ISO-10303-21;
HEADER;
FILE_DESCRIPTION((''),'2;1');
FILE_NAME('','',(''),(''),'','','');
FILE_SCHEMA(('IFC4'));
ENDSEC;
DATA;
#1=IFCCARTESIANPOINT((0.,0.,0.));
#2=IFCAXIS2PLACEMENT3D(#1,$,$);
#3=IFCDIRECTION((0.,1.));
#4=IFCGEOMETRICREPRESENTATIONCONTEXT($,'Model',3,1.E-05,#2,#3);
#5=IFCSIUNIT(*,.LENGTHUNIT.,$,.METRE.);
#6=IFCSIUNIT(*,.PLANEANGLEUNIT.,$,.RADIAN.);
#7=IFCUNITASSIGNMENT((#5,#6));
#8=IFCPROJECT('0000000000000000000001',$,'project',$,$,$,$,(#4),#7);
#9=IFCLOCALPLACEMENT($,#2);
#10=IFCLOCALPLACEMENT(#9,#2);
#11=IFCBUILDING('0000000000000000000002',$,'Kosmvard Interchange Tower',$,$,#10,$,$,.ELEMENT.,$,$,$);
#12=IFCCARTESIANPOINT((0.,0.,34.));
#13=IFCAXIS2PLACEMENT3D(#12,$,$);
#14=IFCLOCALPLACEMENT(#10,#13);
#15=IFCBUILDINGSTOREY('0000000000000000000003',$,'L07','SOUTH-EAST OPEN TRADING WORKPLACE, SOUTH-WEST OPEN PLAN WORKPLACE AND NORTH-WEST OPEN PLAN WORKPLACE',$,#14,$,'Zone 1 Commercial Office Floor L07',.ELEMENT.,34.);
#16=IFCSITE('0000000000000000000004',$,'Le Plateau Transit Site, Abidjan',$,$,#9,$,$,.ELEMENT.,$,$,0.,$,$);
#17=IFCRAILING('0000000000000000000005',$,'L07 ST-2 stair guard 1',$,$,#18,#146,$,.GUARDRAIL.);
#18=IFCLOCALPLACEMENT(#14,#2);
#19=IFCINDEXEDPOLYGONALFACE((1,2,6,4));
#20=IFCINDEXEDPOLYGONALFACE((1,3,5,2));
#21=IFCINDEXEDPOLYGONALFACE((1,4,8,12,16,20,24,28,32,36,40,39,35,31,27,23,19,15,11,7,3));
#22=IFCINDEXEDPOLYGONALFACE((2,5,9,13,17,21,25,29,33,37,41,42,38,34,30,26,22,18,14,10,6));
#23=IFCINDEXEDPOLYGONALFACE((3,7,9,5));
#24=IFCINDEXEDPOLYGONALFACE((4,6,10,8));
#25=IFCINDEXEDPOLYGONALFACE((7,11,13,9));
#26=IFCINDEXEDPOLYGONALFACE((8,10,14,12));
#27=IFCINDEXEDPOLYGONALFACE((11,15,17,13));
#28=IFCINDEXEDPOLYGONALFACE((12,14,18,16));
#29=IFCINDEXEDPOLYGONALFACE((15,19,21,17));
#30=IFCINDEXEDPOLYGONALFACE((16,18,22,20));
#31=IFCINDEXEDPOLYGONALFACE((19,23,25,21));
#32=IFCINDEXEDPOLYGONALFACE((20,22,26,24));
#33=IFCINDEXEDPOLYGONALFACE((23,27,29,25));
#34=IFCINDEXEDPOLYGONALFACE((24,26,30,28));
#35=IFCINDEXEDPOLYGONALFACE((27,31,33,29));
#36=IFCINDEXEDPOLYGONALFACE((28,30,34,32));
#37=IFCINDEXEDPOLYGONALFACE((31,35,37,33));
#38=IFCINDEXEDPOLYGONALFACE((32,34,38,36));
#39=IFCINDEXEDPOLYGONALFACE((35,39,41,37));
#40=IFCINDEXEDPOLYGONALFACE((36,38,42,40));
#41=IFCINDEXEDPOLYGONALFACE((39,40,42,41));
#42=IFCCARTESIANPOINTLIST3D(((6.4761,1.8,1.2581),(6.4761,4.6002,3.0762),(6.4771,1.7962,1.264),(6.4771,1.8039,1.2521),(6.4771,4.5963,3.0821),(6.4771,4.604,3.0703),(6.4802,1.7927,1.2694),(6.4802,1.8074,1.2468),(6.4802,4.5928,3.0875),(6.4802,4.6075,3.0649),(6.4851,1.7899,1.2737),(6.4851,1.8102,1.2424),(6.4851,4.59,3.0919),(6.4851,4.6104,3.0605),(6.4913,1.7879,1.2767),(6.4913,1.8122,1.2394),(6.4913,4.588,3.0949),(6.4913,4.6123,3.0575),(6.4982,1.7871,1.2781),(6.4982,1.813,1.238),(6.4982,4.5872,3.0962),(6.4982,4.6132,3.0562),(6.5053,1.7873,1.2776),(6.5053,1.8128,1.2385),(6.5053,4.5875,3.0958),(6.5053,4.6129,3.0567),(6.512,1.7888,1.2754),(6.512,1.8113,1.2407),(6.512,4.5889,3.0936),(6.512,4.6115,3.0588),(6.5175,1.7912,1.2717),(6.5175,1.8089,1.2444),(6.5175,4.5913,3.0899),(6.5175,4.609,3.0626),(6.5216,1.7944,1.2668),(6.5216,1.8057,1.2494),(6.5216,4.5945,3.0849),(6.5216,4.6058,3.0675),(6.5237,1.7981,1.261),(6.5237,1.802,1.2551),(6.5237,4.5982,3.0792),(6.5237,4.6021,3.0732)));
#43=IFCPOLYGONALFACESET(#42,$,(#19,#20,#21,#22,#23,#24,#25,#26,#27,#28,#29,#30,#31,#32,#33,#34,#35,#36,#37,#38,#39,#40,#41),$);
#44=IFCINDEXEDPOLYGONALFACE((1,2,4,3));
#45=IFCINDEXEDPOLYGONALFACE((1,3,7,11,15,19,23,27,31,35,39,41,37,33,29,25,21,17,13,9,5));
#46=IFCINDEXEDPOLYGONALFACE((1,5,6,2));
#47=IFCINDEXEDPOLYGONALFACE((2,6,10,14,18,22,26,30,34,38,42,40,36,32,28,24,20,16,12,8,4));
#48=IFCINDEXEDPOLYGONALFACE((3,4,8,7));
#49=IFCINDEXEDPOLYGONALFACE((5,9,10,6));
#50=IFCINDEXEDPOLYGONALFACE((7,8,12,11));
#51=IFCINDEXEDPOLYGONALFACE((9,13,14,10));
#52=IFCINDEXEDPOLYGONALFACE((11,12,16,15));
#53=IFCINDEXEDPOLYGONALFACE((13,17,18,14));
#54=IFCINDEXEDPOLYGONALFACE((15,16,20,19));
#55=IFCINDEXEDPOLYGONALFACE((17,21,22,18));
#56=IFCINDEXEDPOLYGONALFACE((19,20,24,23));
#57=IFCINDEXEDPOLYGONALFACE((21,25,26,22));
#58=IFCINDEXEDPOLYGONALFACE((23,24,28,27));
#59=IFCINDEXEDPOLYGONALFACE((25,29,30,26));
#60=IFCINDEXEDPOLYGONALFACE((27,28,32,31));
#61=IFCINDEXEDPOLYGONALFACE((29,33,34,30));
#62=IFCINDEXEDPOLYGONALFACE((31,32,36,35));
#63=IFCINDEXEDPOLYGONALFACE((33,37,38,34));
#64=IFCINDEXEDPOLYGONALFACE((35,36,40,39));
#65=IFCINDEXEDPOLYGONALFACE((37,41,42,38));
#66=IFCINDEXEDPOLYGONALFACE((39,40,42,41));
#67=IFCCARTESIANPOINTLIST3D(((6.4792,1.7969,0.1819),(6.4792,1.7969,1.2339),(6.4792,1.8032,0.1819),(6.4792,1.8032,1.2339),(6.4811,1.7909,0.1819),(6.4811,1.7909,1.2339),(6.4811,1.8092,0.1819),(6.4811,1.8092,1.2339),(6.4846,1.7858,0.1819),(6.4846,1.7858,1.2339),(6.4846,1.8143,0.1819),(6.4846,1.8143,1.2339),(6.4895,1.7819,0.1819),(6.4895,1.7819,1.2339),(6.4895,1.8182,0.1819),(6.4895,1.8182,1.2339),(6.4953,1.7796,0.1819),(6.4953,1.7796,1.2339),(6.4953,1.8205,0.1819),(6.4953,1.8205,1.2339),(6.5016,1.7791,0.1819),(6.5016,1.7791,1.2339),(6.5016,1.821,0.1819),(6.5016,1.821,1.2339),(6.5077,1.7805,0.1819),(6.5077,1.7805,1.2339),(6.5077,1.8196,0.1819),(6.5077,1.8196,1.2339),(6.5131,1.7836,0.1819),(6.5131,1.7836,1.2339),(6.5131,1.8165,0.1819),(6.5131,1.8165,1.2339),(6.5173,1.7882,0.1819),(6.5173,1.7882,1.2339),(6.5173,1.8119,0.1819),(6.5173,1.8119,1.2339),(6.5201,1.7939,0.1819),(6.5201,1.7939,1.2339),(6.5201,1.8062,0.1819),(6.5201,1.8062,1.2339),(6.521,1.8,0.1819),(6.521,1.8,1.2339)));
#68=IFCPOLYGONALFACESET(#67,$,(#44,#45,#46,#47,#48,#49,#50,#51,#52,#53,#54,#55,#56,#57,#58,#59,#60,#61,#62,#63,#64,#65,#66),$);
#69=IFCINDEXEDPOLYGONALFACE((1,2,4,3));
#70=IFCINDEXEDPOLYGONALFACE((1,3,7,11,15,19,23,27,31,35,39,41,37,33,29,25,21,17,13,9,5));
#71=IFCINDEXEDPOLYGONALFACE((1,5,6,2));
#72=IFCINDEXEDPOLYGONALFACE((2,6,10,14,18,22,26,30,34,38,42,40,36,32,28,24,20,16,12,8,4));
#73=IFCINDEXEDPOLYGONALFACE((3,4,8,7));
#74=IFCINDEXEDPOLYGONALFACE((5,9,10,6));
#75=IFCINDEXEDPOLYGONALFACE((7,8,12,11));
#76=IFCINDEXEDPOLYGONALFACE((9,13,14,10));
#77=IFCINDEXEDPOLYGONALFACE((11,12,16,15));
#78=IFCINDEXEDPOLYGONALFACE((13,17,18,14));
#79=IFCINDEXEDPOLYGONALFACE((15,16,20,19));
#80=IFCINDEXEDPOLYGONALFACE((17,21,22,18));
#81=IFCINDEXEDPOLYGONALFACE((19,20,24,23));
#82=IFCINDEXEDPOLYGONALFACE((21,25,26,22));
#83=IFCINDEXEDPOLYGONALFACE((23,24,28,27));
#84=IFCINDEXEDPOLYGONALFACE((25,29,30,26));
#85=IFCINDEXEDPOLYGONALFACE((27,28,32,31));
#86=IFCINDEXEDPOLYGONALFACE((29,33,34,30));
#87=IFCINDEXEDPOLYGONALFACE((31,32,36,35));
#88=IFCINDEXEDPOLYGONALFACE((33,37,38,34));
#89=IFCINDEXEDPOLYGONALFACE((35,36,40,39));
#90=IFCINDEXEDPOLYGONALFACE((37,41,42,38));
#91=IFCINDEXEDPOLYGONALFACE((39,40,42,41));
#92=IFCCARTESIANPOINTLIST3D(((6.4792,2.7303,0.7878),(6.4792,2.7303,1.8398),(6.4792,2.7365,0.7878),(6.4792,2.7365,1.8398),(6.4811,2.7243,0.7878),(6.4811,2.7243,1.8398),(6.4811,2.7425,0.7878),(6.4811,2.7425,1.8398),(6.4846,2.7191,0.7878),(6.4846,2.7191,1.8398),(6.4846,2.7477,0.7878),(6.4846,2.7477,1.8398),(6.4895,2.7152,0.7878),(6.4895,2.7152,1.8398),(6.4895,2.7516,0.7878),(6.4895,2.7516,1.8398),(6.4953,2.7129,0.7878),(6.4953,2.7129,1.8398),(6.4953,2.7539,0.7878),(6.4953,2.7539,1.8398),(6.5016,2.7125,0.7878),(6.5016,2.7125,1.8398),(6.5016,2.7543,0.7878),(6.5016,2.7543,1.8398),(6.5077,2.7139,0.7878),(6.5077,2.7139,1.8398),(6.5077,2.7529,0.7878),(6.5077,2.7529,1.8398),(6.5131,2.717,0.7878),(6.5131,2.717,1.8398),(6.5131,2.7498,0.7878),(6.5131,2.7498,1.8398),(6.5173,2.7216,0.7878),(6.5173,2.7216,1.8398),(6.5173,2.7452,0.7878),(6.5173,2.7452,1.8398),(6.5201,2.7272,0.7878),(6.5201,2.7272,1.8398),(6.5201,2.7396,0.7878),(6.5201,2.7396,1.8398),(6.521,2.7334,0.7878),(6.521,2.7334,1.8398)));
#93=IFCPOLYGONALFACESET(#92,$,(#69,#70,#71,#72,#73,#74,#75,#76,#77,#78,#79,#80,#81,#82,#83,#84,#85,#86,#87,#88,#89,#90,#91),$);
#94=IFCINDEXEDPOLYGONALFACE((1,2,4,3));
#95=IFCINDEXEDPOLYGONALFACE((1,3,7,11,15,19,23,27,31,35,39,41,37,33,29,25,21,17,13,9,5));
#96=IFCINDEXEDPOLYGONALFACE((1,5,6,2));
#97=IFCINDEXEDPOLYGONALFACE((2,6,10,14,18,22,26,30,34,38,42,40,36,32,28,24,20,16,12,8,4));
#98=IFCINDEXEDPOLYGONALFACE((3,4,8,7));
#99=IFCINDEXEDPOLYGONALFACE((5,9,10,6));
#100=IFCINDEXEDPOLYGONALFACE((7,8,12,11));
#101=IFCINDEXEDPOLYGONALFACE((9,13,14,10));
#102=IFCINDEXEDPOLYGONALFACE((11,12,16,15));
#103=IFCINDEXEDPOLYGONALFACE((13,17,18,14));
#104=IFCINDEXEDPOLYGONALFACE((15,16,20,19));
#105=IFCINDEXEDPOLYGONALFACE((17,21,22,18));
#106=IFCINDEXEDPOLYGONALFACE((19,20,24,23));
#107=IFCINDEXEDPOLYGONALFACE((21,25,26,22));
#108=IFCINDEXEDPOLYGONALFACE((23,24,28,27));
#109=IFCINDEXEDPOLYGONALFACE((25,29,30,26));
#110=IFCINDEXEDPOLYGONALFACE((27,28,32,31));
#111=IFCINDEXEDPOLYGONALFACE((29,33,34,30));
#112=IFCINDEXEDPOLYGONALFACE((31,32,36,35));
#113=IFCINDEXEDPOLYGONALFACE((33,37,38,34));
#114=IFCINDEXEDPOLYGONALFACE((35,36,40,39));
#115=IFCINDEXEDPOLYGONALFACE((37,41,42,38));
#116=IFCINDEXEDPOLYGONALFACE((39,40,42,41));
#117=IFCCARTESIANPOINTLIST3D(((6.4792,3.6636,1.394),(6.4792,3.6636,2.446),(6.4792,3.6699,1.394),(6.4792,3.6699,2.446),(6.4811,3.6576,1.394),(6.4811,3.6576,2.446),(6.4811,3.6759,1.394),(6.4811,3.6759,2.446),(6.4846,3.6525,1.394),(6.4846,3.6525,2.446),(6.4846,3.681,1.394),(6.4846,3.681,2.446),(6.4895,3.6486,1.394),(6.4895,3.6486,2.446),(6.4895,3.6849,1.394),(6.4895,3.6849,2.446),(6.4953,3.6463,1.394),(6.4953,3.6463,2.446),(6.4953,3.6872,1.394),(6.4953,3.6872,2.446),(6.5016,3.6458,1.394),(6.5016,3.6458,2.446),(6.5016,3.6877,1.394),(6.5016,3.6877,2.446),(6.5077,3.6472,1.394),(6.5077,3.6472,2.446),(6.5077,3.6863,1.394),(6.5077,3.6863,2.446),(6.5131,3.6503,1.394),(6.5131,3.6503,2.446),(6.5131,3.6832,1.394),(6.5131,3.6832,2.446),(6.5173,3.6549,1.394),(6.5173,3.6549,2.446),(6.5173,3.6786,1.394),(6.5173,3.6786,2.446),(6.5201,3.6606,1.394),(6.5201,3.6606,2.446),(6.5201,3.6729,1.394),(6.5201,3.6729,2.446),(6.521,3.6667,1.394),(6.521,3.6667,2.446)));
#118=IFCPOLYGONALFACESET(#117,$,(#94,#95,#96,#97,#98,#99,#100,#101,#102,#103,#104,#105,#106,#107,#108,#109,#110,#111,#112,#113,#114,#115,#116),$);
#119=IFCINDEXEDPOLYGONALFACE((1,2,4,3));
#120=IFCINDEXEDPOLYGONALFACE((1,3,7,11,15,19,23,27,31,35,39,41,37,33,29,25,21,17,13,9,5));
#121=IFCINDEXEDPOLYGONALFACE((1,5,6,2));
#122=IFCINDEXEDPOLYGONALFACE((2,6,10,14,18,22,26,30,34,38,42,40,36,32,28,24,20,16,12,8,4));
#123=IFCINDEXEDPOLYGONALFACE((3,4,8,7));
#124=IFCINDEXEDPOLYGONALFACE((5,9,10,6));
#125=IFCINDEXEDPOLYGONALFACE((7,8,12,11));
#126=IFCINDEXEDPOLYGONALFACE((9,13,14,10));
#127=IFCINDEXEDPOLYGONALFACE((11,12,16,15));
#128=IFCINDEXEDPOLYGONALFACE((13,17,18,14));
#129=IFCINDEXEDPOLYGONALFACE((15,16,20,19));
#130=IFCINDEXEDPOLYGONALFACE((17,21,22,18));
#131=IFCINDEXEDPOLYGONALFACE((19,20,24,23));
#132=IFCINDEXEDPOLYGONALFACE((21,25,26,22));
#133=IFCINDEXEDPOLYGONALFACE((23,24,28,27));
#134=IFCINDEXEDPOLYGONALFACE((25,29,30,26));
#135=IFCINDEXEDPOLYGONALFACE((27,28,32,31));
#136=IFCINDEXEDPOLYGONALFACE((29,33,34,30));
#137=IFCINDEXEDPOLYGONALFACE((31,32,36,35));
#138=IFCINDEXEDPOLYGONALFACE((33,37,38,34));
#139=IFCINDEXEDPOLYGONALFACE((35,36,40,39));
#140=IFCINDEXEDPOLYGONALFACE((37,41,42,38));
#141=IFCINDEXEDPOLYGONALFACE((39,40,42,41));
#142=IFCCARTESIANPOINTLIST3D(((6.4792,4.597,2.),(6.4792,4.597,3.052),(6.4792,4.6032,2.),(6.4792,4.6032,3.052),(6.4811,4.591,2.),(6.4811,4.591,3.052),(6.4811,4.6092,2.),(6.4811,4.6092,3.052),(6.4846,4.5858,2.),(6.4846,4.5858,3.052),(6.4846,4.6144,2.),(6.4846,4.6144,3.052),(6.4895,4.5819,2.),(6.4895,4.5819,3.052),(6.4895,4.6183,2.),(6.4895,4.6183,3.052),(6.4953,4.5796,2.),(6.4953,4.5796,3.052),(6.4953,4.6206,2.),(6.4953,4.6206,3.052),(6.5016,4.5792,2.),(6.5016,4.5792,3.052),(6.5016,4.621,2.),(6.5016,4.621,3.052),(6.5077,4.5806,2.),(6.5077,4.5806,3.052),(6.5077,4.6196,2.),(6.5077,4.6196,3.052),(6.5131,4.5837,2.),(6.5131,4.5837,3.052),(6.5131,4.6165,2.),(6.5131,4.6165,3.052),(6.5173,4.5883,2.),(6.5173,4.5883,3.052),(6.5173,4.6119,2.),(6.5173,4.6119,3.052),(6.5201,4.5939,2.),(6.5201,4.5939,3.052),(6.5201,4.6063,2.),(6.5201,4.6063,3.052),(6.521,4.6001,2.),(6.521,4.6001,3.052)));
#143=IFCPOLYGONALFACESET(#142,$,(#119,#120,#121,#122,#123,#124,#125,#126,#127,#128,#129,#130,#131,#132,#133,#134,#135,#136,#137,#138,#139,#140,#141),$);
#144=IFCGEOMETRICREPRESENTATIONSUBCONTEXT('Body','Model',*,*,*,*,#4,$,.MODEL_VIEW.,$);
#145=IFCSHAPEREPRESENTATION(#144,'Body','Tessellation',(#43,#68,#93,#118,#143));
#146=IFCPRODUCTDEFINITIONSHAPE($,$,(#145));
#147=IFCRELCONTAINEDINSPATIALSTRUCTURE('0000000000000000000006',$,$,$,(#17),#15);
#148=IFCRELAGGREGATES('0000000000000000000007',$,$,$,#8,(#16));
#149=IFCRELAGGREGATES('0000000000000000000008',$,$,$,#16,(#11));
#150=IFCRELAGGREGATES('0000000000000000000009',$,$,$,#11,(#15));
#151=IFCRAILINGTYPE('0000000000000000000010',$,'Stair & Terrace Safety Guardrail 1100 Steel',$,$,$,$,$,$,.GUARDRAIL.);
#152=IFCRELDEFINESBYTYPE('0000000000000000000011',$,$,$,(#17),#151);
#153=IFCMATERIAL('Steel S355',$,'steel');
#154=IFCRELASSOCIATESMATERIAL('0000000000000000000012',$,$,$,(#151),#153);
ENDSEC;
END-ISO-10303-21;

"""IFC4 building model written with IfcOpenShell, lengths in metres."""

from ifc_helpers import new_model, si_unit, direction, frame, origin, origin_2d, place, context, subcontext, project, spatial, circle, extrude, source, transform, mapped, material, type_object, element, save


model = new_model("IFC4")

# Units and contexts
model_context = context("Model", 3, precision=1e-05, world=origin(), true_north=direction((0.0, 1.0)))
body_context = subcontext(model_context, "Body", "Model", "MODEL_VIEW")
ifc_project = project(units=[si_unit("LENGTHUNIT", "METRE"), si_unit("PLANEANGLEUNIT", "RADIAN")], contexts=[model_context])

# Site, building, storey
site_placement = place(None, origin())
site = spatial("IfcSite", under=ifc_project, at=site_placement, Name="Le Plateau Transit Site, Abidjan", CompositionType="ELEMENT", RefElevation=0.0)
building_placement = place(site_placement, origin())
building = spatial("IfcBuilding", under=site, at=building_placement, Name="Kosmvard Interchange Tower", CompositionType="ELEMENT")
storey_placement = place(building_placement, frame((0.0, 0.0, 34.0)))
storey = spatial("IfcBuildingStorey", under=building, at=storey_placement, Name="L07", Description="SOUTH-EAST OPEN TRADING WORKPLACE, SOUTH-WEST OPEN PLAN WORKPLACE AND NORTH-WEST OPEN PLAN WORKPLACE", LongName="Zone 1 Commercial Office Floor L07", CompositionType="ELEMENT", Elevation=34.0)

# Shared definitions
ifc_material_1 = material(Name="Steel S355", Category="steel")

# Railing
railing_type_1 = type_object("IfcRailingType", Name="Stair & Terrace Safety Guardrail 1100 Steel", PredefinedType="GUARDRAIL", material=ifc_material_1)
shared_shape_1 = source(origin(), body_context, "Body", "SweptSolid", [
    extrude(circle(Radius=0.0239, at=origin_2d()), frame((0.0, 0.0, 1.0762), z_axis=(0.0, 0.838706, 0.544585), x_axis=(-1.0, 0.0, 0.0)), (0.0, 0.0, 1.0), 3.3386),
    extrude(circle(Radius=0.021, at=origin_2d()), origin(), (0.0, 0.0, 1.0), 1.052),
    extrude(circle(Radius=0.021, at=origin_2d()), frame((0.0, 0.9333, 0.606)), (0.0, 0.0, 1.0), 1.052),
    extrude(circle(Radius=0.021, at=origin_2d()), frame((0.0, 1.8667, 1.2122)), (0.0, 0.0, 1.0), 1.052),
    extrude(circle(Radius=0.021, at=origin_2d()), frame((0.0, 2.8, 1.8181)), (0.0, 0.0, 1.0), 1.052),
])
railing_1_placement = place(storey_placement, frame((6.5, 1.8, 0.1819)))
element("IfcRailing", 1, at=railing_1_placement, inside=storey, type_object=railing_type_1, Name="L07 ST-2 stair guard 1", PredefinedType="GUARDRAIL", context=body_context, shape_type="MappedRepresentation", body=[
    mapped(shared_shape_1, transform((0.0, 0.0, 0.0), scale=1.0)),
])

save(model, "model.ifc")
